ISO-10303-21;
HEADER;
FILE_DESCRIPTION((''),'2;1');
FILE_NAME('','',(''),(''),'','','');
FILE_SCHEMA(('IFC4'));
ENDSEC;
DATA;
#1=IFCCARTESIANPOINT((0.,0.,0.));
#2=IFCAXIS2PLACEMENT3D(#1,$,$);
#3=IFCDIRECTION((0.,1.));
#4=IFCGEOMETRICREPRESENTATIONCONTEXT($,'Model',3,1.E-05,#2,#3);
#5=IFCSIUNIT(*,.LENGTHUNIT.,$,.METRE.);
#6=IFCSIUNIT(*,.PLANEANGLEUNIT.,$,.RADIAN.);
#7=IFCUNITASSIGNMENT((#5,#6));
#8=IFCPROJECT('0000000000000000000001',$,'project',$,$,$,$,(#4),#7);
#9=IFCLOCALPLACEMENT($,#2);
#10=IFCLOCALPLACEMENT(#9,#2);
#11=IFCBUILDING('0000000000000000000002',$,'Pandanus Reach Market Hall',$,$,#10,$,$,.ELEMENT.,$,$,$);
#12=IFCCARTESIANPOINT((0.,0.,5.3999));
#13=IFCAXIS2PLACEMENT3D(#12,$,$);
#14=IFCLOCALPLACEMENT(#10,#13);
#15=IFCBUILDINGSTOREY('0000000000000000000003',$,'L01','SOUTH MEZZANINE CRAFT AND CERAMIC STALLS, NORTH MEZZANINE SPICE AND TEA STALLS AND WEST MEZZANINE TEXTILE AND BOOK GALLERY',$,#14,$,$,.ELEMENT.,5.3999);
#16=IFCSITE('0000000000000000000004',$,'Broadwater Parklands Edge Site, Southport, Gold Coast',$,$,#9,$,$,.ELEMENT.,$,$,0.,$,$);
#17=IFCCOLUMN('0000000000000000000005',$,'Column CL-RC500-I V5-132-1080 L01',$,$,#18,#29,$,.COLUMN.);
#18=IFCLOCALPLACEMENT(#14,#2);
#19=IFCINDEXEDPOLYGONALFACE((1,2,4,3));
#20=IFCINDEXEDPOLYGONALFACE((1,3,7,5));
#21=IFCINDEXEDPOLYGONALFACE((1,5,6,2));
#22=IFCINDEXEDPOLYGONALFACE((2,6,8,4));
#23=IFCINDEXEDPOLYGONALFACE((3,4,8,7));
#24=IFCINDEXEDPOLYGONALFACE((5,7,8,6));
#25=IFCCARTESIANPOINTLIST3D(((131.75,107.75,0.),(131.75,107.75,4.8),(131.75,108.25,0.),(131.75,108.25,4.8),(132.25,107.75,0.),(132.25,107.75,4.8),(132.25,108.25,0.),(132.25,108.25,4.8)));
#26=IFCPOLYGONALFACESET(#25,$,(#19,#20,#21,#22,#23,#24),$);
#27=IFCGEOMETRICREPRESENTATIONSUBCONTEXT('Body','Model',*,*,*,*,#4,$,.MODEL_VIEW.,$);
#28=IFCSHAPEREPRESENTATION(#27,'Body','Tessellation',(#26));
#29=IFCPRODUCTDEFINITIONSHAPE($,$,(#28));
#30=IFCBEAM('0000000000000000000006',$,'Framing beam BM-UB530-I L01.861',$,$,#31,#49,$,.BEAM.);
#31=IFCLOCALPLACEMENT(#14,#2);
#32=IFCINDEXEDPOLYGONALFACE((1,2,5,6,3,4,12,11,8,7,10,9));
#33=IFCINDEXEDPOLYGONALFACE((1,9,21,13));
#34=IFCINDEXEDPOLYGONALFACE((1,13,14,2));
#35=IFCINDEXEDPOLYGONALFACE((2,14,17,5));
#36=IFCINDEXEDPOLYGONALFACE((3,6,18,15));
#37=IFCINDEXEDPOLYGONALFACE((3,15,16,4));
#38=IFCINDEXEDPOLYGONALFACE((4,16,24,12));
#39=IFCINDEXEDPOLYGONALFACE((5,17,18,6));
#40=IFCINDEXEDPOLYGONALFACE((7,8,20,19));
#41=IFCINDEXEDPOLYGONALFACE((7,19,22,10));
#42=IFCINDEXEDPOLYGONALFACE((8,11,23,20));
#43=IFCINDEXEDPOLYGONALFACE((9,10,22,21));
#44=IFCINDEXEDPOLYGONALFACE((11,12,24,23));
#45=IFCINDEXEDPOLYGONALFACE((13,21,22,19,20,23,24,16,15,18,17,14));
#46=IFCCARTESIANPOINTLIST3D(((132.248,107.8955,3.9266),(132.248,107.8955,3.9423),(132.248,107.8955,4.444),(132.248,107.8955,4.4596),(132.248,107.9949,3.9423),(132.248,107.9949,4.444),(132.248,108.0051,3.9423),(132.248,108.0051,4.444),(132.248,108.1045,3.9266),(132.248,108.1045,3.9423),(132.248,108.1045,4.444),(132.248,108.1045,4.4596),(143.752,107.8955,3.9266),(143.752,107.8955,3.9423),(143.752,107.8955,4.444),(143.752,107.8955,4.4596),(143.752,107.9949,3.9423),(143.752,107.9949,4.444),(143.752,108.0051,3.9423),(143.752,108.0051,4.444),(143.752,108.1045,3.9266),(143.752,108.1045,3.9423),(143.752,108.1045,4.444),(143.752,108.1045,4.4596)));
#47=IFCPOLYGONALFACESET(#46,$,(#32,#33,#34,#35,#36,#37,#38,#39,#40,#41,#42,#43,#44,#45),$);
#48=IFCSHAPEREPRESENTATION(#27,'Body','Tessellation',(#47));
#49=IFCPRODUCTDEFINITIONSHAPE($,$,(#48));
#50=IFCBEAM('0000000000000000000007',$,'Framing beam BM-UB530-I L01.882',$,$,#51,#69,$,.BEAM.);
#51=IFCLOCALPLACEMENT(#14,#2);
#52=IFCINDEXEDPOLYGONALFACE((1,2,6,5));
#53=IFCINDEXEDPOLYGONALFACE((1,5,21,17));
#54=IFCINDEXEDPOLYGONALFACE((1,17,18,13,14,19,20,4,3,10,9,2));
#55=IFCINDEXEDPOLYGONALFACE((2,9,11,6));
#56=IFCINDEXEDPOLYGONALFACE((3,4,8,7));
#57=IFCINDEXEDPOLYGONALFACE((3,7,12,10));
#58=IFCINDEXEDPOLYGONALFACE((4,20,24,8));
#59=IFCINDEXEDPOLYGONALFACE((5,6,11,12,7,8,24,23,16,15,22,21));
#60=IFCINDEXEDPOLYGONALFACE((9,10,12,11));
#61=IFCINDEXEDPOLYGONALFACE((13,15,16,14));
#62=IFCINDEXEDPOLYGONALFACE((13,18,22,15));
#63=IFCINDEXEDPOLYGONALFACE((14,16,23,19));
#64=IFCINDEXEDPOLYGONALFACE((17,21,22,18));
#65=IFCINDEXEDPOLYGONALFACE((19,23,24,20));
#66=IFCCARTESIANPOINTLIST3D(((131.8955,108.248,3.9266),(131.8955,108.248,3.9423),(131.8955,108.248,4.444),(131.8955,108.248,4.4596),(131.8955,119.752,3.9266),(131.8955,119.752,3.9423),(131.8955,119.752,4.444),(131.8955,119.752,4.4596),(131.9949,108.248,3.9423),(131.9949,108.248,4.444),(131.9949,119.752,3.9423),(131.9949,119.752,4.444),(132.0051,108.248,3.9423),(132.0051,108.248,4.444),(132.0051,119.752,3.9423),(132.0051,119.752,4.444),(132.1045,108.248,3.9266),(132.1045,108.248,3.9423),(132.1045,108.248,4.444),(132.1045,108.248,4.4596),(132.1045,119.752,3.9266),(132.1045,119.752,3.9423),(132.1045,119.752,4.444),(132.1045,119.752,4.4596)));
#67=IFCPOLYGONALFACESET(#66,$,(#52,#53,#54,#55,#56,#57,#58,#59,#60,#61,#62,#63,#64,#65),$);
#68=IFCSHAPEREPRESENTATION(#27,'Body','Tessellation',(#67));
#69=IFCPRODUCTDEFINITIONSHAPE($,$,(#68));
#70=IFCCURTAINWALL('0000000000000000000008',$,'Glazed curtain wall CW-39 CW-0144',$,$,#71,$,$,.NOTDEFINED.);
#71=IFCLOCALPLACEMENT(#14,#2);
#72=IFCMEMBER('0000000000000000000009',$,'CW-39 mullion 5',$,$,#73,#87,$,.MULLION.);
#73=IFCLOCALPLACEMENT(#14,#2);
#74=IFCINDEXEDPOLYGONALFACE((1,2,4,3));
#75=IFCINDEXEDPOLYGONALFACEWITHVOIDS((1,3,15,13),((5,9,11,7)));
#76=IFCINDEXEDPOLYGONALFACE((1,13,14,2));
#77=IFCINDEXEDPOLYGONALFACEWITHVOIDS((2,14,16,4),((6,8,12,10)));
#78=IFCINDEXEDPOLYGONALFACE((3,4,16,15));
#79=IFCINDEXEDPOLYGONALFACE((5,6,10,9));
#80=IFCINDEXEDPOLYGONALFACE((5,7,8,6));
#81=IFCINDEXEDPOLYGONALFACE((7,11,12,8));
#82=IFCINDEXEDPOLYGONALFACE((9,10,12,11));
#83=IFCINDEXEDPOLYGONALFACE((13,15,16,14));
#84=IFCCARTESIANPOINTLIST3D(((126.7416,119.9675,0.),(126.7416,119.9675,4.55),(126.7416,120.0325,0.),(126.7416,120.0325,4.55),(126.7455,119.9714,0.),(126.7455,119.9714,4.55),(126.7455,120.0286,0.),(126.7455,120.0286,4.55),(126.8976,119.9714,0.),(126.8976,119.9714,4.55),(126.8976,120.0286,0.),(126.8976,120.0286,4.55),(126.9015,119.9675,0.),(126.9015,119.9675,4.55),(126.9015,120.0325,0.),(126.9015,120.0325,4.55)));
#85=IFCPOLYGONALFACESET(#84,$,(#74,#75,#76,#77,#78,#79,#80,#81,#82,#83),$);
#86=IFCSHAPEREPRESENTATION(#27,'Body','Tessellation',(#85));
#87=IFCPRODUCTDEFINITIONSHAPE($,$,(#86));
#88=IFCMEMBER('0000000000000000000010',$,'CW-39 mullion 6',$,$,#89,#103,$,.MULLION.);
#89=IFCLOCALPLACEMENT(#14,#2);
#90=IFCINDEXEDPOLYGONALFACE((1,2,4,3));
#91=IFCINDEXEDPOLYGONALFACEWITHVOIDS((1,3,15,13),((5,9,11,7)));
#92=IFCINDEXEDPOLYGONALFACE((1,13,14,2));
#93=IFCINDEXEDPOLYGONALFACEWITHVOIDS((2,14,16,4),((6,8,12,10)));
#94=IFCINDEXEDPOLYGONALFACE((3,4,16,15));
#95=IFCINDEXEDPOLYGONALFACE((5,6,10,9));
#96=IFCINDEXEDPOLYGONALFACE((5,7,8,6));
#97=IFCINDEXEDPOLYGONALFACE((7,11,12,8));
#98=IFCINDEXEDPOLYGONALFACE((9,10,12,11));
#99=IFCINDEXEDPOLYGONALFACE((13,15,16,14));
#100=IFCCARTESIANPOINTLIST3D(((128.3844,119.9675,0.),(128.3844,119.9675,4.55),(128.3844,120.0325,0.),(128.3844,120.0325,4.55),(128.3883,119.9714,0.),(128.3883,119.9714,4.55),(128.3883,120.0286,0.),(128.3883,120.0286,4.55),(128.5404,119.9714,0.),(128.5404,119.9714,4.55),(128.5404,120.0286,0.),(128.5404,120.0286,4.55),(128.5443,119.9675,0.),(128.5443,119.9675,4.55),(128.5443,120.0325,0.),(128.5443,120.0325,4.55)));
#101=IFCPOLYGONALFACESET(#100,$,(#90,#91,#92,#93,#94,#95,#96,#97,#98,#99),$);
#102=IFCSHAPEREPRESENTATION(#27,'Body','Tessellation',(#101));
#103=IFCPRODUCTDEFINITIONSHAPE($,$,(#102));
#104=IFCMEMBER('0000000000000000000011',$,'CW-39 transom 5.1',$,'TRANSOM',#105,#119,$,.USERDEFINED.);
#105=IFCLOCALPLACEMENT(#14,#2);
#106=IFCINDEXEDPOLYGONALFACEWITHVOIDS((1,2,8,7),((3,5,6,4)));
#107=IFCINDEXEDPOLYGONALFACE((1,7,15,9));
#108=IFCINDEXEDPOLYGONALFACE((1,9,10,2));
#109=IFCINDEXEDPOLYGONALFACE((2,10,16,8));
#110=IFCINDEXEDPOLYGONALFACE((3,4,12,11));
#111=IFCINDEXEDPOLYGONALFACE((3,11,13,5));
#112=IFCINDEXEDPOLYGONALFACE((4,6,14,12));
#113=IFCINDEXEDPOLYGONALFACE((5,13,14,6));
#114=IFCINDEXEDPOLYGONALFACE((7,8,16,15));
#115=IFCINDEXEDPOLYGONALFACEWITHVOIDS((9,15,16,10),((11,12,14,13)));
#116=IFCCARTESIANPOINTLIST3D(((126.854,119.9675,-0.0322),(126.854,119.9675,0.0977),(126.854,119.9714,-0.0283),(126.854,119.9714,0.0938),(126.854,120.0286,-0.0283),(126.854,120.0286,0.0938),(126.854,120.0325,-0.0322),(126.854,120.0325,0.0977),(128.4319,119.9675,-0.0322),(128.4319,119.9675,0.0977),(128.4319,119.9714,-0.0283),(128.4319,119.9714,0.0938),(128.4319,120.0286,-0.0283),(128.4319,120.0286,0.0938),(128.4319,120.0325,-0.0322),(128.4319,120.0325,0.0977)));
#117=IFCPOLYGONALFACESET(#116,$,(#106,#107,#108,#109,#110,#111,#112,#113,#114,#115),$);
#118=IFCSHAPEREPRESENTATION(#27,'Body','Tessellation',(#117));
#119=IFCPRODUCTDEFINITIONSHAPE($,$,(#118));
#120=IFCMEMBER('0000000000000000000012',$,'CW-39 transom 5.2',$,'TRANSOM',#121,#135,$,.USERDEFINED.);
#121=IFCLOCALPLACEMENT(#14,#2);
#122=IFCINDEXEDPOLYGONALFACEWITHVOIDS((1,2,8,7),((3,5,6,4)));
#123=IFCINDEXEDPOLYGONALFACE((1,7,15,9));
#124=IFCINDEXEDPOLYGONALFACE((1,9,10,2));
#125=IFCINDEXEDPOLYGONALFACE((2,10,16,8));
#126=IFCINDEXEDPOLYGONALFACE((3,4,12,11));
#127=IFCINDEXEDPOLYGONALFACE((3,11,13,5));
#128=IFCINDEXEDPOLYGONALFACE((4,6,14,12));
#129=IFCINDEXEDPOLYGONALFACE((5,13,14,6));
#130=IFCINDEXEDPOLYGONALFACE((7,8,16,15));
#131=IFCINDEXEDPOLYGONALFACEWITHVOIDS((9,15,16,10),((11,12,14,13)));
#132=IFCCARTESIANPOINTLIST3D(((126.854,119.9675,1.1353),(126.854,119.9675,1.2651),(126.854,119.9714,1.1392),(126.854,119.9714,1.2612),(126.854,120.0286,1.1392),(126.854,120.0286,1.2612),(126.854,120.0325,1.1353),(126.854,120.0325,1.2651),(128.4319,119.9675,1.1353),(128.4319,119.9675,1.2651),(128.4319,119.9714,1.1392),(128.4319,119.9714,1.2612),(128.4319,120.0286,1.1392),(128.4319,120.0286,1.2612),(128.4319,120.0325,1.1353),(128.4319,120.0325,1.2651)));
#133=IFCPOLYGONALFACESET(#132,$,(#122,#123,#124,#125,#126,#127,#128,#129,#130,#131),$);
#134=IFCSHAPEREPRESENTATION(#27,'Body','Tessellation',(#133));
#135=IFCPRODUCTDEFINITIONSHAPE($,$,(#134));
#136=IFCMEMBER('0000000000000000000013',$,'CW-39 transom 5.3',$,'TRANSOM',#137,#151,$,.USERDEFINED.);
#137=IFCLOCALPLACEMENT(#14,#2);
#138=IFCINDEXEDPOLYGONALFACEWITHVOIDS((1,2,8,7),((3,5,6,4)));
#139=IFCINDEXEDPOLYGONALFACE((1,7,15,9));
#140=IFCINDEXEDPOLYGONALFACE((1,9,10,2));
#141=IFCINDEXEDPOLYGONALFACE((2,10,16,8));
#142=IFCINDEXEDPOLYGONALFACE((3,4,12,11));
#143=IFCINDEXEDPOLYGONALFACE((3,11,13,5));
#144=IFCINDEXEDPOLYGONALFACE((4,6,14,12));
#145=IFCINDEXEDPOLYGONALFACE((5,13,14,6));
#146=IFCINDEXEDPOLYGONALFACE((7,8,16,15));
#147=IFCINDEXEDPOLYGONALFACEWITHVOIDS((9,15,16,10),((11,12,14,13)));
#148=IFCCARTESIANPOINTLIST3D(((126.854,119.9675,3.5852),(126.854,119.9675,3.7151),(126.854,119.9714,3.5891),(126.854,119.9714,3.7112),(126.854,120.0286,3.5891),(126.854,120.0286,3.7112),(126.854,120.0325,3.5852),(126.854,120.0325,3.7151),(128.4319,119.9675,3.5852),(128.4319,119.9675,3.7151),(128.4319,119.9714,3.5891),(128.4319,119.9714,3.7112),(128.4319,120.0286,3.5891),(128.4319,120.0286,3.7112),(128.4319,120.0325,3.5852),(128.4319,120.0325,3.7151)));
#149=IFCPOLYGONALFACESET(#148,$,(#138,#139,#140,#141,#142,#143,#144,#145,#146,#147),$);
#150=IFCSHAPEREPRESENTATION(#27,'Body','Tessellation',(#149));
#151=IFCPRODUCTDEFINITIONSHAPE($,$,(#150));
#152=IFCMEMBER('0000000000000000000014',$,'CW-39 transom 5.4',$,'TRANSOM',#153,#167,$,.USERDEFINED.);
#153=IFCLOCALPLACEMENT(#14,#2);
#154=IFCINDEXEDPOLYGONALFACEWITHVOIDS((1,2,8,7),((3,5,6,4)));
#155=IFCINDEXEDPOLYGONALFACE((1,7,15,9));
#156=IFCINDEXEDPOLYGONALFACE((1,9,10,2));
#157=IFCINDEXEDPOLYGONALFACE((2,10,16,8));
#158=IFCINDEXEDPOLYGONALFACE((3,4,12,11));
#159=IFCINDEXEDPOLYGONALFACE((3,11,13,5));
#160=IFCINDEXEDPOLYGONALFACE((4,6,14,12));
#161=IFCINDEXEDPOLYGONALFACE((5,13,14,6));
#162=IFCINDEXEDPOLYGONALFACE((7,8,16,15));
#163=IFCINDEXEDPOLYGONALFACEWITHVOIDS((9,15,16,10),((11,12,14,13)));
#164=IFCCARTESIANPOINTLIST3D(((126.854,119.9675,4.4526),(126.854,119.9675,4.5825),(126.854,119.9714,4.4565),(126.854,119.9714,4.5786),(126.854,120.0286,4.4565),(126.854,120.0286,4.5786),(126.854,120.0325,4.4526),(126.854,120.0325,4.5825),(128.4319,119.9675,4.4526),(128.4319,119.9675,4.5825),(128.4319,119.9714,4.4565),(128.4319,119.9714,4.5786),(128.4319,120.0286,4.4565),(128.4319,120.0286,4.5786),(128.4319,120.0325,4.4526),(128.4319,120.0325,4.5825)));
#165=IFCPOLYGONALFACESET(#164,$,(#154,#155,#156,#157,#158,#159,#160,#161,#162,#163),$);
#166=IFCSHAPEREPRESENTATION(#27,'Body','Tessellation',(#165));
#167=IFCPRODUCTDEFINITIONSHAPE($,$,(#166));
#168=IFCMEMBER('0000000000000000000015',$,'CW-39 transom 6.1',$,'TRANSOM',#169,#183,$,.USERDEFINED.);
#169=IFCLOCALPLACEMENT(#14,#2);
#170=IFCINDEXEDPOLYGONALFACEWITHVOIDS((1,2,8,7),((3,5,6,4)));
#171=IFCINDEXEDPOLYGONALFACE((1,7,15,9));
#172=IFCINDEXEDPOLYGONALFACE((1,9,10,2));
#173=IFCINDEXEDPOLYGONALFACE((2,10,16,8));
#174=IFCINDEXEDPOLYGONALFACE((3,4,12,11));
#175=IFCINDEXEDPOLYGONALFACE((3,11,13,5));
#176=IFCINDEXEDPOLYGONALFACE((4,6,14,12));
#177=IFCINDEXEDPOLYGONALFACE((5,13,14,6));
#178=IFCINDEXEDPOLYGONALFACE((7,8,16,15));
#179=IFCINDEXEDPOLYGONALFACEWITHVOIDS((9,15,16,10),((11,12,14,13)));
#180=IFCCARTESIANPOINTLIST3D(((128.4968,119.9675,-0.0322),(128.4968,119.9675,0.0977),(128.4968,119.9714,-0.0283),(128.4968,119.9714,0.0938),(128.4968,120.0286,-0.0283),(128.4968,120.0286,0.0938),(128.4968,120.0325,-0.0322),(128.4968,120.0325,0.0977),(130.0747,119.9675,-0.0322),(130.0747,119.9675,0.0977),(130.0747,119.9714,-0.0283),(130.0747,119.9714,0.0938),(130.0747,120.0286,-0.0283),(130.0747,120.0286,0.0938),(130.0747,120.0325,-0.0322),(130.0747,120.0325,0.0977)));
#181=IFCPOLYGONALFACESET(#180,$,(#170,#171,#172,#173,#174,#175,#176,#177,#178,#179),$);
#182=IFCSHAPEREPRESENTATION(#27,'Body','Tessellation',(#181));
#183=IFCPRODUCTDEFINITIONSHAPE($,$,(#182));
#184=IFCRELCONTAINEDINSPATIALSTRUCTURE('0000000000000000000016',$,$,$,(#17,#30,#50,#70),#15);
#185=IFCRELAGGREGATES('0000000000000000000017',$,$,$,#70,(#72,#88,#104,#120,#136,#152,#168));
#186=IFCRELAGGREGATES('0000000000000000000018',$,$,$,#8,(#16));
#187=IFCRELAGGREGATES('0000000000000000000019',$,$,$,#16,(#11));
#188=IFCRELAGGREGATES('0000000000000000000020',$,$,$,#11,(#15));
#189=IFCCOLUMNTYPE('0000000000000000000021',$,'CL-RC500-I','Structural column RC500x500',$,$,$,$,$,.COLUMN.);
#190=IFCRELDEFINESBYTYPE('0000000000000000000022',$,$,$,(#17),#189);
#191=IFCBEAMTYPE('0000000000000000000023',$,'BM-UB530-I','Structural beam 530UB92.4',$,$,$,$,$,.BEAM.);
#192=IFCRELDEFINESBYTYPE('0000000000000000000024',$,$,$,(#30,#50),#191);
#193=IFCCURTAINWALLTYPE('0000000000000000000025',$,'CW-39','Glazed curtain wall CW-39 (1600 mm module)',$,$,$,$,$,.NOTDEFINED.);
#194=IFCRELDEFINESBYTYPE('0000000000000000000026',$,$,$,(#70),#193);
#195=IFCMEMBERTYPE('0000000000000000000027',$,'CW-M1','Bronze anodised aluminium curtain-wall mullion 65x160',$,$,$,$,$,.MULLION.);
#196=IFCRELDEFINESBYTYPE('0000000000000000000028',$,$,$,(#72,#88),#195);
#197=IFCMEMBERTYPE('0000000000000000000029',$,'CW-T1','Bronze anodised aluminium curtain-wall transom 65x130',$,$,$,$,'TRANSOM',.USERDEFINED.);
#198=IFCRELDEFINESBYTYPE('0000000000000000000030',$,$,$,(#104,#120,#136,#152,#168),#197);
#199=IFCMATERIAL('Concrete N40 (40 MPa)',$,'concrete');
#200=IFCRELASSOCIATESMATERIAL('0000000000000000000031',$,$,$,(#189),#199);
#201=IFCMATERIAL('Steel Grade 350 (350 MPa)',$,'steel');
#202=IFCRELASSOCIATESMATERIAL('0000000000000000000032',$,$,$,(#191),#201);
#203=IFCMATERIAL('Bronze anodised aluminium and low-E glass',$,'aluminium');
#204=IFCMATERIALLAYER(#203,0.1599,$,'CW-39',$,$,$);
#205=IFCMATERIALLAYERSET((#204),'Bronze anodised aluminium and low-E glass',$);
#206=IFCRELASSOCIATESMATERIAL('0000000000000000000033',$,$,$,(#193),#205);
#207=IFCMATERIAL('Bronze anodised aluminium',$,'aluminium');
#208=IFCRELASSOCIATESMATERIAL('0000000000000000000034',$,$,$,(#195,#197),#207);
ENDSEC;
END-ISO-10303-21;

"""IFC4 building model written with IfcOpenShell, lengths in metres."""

from ifc_helpers import new_model, si_unit, direction, frame, origin, origin_2d, place, context, subcontext, project, spatial, rectangle, hollow_rectangle, i_section, extrude, material, layer, layer_set, material_profile, profile_set, type_object, element, aggregate, save


model = new_model("IFC4")

# Units and contexts
model_context = context("Model", 3, precision=1e-05, world=origin(), true_north=direction((0.0, 1.0)))
body_context = subcontext(model_context, "Body", "Model", "MODEL_VIEW")
ifc_project = project(units=[si_unit("LENGTHUNIT", "METRE"), si_unit("PLANEANGLEUNIT", "RADIAN")], contexts=[model_context])

# Site, building, storey
site_placement = place(None, origin())
site = spatial("IfcSite", under=ifc_project, at=site_placement, Name="Broadwater Parklands Edge Site, Southport, Gold Coast", CompositionType="ELEMENT", RefElevation=0.0)
building_placement = place(site_placement, origin())
building = spatial("IfcBuilding", under=site, at=building_placement, Name="Pandanus Reach Market Hall", CompositionType="ELEMENT")
storey_placement = place(building_placement, frame((0.0, 0.0, 5.3999)))
storey = spatial("IfcBuildingStorey", under=building, at=storey_placement, Name="L01", Description="SOUTH MEZZANINE CRAFT AND CERAMIC STALLS, NORTH MEZZANINE SPICE AND TEA STALLS AND WEST MEZZANINE TEXTILE AND BOOK GALLERY", CompositionType="ELEMENT", Elevation=5.3999)

# Column
ifc_material_1 = material(Name="Concrete N40 (40 MPa)", Category="concrete")
ifc_material_profile_1 = material_profile(ifc_material_1, rectangle(XDim=0.5, YDim=0.5, at=origin_2d()), Name="RC500x500", Category="LoadBearing")
ifc_profile_set_1 = profile_set([ifc_material_profile_1], Name="Concrete N40 (40 MPa)")
column_type = type_object("IfcColumnType", Name="CL-RC500-I", Description="Structural column RC500x500", PredefinedType="COLUMN", material=ifc_profile_set_1)
column_placement = place(storey_placement, frame((132.0, 108.0, 0.0), z_axis=(0.0, 0.0, 1.0), x_axis=(1.0, 0.0, 0.0)))
element("IfcColumn", 1, at=column_placement, inside=storey, type_object=column_type, Name="Column CL-RC500-I V5-132-1080 L01", PredefinedType="COLUMN", context=body_context, shape_type="SweptSolid", body=[
    extrude(rectangle(XDim=0.5, YDim=0.5, at=origin_2d()), origin(), (0.0, 0.0, 1.0), 4.8),
])

# Beams
ifc_material_2 = material(Name="Steel Grade 350 (350 MPa)", Category="steel")
ifc_material_profile_2 = material_profile(ifc_material_2, i_section(OverallWidth=0.209, OverallDepth=0.533, WebThickness=0.0103, FlangeThickness=0.0156, at=origin_2d()), Name="530UB92.4", Category="LoadBearing")
ifc_profile_set_2 = profile_set([ifc_material_profile_2], Name="Steel Grade 350 (350 MPa)")
beam_type_1 = type_object("IfcBeamType", Name="BM-UB530-I", Description="Structural beam 530UB92.4", PredefinedType="BEAM", material=ifc_profile_set_2)
for number, where, z_axis, x_axis, name in (
    (2, (132.248, 108.0, 4.1931), (1.0, 0.0, 0.0), (0.0, 1.0, 0.0), "Framing beam BM-UB530-I L01.861"),
    (3, (132.0, 108.248, 4.1931), (0.0, 1.0, 0.0), (-1.0, 0.0, 0.0), "Framing beam BM-UB530-I L01.882"),
):
    element("IfcBeam", number, at=place(storey_placement, frame(where, z_axis=z_axis, x_axis=x_axis)), inside=storey, type_object=beam_type_1, Name=name, PredefinedType="BEAM", context=body_context, shape_type="SweptSolid", body=[
        extrude(i_section(OverallWidth=0.209, OverallDepth=0.533, WebThickness=0.0103, FlangeThickness=0.0156, at=origin_2d()), origin(), (0.0, 0.0, 1.0), 11.5039),
    ])

# Curtain wall, members
ifc_material_3 = material(Name="Bronze anodised aluminium and low-E glass", Category="aluminium")
ifc_layer_1 = layer(ifc_material_3, 0.1599, Name="CW-39")
ifc_layer_set_1 = layer_set([ifc_layer_1], Name="Bronze anodised aluminium and low-E glass")
curtain_wall_type = type_object("IfcCurtainWallType", Name="CW-39", Description="Glazed curtain wall CW-39 (1600 mm module)", PredefinedType="NOTDEFINED", material=ifc_layer_set_1)
curtain_wall_placement = place(storey_placement, origin())
curtain_wall = element("IfcCurtainWall", 4, at=curtain_wall_placement, inside=storey, type_object=curtain_wall_type, Name="Glazed curtain wall CW-39 CW-0144", PredefinedType="NOTDEFINED")
ifc_material_4 = material(Name="Bronze anodised aluminium", Category="aluminium")
ifc_material_profile_3 = material_profile(ifc_material_4, hollow_rectangle(XDim=0.0649, YDim=0.1599, WallThickness=0.0039, at=origin_2d()), Name="ALU65x160", Category="LoadBearing")
ifc_profile_set_3 = profile_set([ifc_material_profile_3], Name="Bronze anodised aluminium")
member_type_1 = type_object("IfcMemberType", Name="CW-M1", Description="Bronze anodised aluminium curtain-wall mullion 65x160", PredefinedType="MULLION", material=ifc_profile_set_3)
member_1_placement = place(storey_placement, frame((126.8215, 120.0, 0.0), z_axis=(0.0, 0.0, 1.0), x_axis=(0.0, 1.0, 0.0)))
member_1 = element("IfcMember", 5, at=member_1_placement, type_object=member_type_1, Name="CW-39 mullion 5", PredefinedType="MULLION", context=body_context, shape_type="SweptSolid", body=[
    extrude(hollow_rectangle(XDim=0.0649, YDim=0.1599, WallThickness=0.0039, at=origin_2d()), origin(), (0.0, 0.0, 1.0), 4.55),
])
member_2_placement = place(storey_placement, frame((128.4644, 120.0, 0.0), z_axis=(0.0, 0.0, 1.0), x_axis=(0.0, 1.0, 0.0)))
member_2 = element("IfcMember", 6, at=member_2_placement, type_object=member_type_1, Name="CW-39 mullion 6", PredefinedType="MULLION", context=body_context, shape_type="SweptSolid", body=[
    extrude(hollow_rectangle(XDim=0.0649, YDim=0.1599, WallThickness=0.0039, at=origin_2d()), origin(), (0.0, 0.0, 1.0), 4.55),
])
ifc_material_profile_4 = material_profile(ifc_material_4, hollow_rectangle(XDim=0.0649, YDim=0.1299, WallThickness=0.0039, at=origin_2d()), Name="ALU65x130", Category="LoadBearing")
ifc_profile_set_4 = profile_set([ifc_material_profile_4], Name="Bronze anodised aluminium")
member_type_2 = type_object("IfcMemberType", Name="CW-T1", Description="Bronze anodised aluminium curtain-wall transom 65x130", ElementType="TRANSOM", PredefinedType="USERDEFINED", material=ifc_profile_set_4)
member_3_placement = place(storey_placement, frame((126.854, 120.0, 0.0327), z_axis=(1.0, 0.0, 0.0), x_axis=(0.0, 1.0, 0.0)))
member_3 = element("IfcMember", 7, at=member_3_placement, type_object=member_type_2, Name="CW-39 transom 5.1", ObjectType="TRANSOM", PredefinedType="USERDEFINED", context=body_context, shape_type="SweptSolid", body=[
    extrude(hollow_rectangle(XDim=0.0649, YDim=0.1299, WallThickness=0.0039, at=origin_2d()), origin(), (0.0, 0.0, 1.0), 1.5779),
])
member_4_placement = place(storey_placement, frame((126.854, 120.0, 1.2002), z_axis=(1.0, 0.0, 0.0), x_axis=(0.0, 1.0, 0.0)))
member_4 = element("IfcMember", 8, at=member_4_placement, type_object=member_type_2, Name="CW-39 transom 5.2", ObjectType="TRANSOM", PredefinedType="USERDEFINED", context=body_context, shape_type="SweptSolid", body=[
    extrude(hollow_rectangle(XDim=0.0649, YDim=0.1299, WallThickness=0.0039, at=origin_2d()), origin(), (0.0, 0.0, 1.0), 1.5779),
])
member_5_placement = place(storey_placement, frame((126.854, 120.0, 3.6501), z_axis=(1.0, 0.0, 0.0), x_axis=(0.0, 1.0, 0.0)))
member_5 = element("IfcMember", 9, at=member_5_placement, type_object=member_type_2, Name="CW-39 transom 5.3", ObjectType="TRANSOM", PredefinedType="USERDEFINED", context=body_context, shape_type="SweptSolid", body=[
    extrude(hollow_rectangle(XDim=0.0649, YDim=0.1299, WallThickness=0.0039, at=origin_2d()), origin(), (0.0, 0.0, 1.0), 1.5779),
])
member_6_placement = place(storey_placement, frame((126.854, 120.0, 4.5176), z_axis=(1.0, 0.0, 0.0), x_axis=(0.0, 1.0, 0.0)))
member_6 = element("IfcMember", 10, at=member_6_placement, type_object=member_type_2, Name="CW-39 transom 5.4", ObjectType="TRANSOM", PredefinedType="USERDEFINED", context=body_context, shape_type="SweptSolid", body=[
    extrude(hollow_rectangle(XDim=0.0649, YDim=0.1299, WallThickness=0.0039, at=origin_2d()), origin(), (0.0, 0.0, 1.0), 1.5779),
])
member_7_placement = place(storey_placement, frame((128.4968, 120.0, 0.0327), z_axis=(1.0, 0.0, 0.0), x_axis=(0.0, 1.0, 0.0)))
member_7 = element("IfcMember", 11, at=member_7_placement, type_object=member_type_2, Name="CW-39 transom 6.1", ObjectType="TRANSOM", PredefinedType="USERDEFINED", context=body_context, shape_type="SweptSolid", body=[
    extrude(hollow_rectangle(XDim=0.0649, YDim=0.1299, WallThickness=0.0039, at=origin_2d()), origin(), (0.0, 0.0, 1.0), 1.5779),
])

aggregate(curtain_wall, [member_1, member_2, member_3, member_4, member_5, member_6, member_7])

save(model, "model.ifc")
